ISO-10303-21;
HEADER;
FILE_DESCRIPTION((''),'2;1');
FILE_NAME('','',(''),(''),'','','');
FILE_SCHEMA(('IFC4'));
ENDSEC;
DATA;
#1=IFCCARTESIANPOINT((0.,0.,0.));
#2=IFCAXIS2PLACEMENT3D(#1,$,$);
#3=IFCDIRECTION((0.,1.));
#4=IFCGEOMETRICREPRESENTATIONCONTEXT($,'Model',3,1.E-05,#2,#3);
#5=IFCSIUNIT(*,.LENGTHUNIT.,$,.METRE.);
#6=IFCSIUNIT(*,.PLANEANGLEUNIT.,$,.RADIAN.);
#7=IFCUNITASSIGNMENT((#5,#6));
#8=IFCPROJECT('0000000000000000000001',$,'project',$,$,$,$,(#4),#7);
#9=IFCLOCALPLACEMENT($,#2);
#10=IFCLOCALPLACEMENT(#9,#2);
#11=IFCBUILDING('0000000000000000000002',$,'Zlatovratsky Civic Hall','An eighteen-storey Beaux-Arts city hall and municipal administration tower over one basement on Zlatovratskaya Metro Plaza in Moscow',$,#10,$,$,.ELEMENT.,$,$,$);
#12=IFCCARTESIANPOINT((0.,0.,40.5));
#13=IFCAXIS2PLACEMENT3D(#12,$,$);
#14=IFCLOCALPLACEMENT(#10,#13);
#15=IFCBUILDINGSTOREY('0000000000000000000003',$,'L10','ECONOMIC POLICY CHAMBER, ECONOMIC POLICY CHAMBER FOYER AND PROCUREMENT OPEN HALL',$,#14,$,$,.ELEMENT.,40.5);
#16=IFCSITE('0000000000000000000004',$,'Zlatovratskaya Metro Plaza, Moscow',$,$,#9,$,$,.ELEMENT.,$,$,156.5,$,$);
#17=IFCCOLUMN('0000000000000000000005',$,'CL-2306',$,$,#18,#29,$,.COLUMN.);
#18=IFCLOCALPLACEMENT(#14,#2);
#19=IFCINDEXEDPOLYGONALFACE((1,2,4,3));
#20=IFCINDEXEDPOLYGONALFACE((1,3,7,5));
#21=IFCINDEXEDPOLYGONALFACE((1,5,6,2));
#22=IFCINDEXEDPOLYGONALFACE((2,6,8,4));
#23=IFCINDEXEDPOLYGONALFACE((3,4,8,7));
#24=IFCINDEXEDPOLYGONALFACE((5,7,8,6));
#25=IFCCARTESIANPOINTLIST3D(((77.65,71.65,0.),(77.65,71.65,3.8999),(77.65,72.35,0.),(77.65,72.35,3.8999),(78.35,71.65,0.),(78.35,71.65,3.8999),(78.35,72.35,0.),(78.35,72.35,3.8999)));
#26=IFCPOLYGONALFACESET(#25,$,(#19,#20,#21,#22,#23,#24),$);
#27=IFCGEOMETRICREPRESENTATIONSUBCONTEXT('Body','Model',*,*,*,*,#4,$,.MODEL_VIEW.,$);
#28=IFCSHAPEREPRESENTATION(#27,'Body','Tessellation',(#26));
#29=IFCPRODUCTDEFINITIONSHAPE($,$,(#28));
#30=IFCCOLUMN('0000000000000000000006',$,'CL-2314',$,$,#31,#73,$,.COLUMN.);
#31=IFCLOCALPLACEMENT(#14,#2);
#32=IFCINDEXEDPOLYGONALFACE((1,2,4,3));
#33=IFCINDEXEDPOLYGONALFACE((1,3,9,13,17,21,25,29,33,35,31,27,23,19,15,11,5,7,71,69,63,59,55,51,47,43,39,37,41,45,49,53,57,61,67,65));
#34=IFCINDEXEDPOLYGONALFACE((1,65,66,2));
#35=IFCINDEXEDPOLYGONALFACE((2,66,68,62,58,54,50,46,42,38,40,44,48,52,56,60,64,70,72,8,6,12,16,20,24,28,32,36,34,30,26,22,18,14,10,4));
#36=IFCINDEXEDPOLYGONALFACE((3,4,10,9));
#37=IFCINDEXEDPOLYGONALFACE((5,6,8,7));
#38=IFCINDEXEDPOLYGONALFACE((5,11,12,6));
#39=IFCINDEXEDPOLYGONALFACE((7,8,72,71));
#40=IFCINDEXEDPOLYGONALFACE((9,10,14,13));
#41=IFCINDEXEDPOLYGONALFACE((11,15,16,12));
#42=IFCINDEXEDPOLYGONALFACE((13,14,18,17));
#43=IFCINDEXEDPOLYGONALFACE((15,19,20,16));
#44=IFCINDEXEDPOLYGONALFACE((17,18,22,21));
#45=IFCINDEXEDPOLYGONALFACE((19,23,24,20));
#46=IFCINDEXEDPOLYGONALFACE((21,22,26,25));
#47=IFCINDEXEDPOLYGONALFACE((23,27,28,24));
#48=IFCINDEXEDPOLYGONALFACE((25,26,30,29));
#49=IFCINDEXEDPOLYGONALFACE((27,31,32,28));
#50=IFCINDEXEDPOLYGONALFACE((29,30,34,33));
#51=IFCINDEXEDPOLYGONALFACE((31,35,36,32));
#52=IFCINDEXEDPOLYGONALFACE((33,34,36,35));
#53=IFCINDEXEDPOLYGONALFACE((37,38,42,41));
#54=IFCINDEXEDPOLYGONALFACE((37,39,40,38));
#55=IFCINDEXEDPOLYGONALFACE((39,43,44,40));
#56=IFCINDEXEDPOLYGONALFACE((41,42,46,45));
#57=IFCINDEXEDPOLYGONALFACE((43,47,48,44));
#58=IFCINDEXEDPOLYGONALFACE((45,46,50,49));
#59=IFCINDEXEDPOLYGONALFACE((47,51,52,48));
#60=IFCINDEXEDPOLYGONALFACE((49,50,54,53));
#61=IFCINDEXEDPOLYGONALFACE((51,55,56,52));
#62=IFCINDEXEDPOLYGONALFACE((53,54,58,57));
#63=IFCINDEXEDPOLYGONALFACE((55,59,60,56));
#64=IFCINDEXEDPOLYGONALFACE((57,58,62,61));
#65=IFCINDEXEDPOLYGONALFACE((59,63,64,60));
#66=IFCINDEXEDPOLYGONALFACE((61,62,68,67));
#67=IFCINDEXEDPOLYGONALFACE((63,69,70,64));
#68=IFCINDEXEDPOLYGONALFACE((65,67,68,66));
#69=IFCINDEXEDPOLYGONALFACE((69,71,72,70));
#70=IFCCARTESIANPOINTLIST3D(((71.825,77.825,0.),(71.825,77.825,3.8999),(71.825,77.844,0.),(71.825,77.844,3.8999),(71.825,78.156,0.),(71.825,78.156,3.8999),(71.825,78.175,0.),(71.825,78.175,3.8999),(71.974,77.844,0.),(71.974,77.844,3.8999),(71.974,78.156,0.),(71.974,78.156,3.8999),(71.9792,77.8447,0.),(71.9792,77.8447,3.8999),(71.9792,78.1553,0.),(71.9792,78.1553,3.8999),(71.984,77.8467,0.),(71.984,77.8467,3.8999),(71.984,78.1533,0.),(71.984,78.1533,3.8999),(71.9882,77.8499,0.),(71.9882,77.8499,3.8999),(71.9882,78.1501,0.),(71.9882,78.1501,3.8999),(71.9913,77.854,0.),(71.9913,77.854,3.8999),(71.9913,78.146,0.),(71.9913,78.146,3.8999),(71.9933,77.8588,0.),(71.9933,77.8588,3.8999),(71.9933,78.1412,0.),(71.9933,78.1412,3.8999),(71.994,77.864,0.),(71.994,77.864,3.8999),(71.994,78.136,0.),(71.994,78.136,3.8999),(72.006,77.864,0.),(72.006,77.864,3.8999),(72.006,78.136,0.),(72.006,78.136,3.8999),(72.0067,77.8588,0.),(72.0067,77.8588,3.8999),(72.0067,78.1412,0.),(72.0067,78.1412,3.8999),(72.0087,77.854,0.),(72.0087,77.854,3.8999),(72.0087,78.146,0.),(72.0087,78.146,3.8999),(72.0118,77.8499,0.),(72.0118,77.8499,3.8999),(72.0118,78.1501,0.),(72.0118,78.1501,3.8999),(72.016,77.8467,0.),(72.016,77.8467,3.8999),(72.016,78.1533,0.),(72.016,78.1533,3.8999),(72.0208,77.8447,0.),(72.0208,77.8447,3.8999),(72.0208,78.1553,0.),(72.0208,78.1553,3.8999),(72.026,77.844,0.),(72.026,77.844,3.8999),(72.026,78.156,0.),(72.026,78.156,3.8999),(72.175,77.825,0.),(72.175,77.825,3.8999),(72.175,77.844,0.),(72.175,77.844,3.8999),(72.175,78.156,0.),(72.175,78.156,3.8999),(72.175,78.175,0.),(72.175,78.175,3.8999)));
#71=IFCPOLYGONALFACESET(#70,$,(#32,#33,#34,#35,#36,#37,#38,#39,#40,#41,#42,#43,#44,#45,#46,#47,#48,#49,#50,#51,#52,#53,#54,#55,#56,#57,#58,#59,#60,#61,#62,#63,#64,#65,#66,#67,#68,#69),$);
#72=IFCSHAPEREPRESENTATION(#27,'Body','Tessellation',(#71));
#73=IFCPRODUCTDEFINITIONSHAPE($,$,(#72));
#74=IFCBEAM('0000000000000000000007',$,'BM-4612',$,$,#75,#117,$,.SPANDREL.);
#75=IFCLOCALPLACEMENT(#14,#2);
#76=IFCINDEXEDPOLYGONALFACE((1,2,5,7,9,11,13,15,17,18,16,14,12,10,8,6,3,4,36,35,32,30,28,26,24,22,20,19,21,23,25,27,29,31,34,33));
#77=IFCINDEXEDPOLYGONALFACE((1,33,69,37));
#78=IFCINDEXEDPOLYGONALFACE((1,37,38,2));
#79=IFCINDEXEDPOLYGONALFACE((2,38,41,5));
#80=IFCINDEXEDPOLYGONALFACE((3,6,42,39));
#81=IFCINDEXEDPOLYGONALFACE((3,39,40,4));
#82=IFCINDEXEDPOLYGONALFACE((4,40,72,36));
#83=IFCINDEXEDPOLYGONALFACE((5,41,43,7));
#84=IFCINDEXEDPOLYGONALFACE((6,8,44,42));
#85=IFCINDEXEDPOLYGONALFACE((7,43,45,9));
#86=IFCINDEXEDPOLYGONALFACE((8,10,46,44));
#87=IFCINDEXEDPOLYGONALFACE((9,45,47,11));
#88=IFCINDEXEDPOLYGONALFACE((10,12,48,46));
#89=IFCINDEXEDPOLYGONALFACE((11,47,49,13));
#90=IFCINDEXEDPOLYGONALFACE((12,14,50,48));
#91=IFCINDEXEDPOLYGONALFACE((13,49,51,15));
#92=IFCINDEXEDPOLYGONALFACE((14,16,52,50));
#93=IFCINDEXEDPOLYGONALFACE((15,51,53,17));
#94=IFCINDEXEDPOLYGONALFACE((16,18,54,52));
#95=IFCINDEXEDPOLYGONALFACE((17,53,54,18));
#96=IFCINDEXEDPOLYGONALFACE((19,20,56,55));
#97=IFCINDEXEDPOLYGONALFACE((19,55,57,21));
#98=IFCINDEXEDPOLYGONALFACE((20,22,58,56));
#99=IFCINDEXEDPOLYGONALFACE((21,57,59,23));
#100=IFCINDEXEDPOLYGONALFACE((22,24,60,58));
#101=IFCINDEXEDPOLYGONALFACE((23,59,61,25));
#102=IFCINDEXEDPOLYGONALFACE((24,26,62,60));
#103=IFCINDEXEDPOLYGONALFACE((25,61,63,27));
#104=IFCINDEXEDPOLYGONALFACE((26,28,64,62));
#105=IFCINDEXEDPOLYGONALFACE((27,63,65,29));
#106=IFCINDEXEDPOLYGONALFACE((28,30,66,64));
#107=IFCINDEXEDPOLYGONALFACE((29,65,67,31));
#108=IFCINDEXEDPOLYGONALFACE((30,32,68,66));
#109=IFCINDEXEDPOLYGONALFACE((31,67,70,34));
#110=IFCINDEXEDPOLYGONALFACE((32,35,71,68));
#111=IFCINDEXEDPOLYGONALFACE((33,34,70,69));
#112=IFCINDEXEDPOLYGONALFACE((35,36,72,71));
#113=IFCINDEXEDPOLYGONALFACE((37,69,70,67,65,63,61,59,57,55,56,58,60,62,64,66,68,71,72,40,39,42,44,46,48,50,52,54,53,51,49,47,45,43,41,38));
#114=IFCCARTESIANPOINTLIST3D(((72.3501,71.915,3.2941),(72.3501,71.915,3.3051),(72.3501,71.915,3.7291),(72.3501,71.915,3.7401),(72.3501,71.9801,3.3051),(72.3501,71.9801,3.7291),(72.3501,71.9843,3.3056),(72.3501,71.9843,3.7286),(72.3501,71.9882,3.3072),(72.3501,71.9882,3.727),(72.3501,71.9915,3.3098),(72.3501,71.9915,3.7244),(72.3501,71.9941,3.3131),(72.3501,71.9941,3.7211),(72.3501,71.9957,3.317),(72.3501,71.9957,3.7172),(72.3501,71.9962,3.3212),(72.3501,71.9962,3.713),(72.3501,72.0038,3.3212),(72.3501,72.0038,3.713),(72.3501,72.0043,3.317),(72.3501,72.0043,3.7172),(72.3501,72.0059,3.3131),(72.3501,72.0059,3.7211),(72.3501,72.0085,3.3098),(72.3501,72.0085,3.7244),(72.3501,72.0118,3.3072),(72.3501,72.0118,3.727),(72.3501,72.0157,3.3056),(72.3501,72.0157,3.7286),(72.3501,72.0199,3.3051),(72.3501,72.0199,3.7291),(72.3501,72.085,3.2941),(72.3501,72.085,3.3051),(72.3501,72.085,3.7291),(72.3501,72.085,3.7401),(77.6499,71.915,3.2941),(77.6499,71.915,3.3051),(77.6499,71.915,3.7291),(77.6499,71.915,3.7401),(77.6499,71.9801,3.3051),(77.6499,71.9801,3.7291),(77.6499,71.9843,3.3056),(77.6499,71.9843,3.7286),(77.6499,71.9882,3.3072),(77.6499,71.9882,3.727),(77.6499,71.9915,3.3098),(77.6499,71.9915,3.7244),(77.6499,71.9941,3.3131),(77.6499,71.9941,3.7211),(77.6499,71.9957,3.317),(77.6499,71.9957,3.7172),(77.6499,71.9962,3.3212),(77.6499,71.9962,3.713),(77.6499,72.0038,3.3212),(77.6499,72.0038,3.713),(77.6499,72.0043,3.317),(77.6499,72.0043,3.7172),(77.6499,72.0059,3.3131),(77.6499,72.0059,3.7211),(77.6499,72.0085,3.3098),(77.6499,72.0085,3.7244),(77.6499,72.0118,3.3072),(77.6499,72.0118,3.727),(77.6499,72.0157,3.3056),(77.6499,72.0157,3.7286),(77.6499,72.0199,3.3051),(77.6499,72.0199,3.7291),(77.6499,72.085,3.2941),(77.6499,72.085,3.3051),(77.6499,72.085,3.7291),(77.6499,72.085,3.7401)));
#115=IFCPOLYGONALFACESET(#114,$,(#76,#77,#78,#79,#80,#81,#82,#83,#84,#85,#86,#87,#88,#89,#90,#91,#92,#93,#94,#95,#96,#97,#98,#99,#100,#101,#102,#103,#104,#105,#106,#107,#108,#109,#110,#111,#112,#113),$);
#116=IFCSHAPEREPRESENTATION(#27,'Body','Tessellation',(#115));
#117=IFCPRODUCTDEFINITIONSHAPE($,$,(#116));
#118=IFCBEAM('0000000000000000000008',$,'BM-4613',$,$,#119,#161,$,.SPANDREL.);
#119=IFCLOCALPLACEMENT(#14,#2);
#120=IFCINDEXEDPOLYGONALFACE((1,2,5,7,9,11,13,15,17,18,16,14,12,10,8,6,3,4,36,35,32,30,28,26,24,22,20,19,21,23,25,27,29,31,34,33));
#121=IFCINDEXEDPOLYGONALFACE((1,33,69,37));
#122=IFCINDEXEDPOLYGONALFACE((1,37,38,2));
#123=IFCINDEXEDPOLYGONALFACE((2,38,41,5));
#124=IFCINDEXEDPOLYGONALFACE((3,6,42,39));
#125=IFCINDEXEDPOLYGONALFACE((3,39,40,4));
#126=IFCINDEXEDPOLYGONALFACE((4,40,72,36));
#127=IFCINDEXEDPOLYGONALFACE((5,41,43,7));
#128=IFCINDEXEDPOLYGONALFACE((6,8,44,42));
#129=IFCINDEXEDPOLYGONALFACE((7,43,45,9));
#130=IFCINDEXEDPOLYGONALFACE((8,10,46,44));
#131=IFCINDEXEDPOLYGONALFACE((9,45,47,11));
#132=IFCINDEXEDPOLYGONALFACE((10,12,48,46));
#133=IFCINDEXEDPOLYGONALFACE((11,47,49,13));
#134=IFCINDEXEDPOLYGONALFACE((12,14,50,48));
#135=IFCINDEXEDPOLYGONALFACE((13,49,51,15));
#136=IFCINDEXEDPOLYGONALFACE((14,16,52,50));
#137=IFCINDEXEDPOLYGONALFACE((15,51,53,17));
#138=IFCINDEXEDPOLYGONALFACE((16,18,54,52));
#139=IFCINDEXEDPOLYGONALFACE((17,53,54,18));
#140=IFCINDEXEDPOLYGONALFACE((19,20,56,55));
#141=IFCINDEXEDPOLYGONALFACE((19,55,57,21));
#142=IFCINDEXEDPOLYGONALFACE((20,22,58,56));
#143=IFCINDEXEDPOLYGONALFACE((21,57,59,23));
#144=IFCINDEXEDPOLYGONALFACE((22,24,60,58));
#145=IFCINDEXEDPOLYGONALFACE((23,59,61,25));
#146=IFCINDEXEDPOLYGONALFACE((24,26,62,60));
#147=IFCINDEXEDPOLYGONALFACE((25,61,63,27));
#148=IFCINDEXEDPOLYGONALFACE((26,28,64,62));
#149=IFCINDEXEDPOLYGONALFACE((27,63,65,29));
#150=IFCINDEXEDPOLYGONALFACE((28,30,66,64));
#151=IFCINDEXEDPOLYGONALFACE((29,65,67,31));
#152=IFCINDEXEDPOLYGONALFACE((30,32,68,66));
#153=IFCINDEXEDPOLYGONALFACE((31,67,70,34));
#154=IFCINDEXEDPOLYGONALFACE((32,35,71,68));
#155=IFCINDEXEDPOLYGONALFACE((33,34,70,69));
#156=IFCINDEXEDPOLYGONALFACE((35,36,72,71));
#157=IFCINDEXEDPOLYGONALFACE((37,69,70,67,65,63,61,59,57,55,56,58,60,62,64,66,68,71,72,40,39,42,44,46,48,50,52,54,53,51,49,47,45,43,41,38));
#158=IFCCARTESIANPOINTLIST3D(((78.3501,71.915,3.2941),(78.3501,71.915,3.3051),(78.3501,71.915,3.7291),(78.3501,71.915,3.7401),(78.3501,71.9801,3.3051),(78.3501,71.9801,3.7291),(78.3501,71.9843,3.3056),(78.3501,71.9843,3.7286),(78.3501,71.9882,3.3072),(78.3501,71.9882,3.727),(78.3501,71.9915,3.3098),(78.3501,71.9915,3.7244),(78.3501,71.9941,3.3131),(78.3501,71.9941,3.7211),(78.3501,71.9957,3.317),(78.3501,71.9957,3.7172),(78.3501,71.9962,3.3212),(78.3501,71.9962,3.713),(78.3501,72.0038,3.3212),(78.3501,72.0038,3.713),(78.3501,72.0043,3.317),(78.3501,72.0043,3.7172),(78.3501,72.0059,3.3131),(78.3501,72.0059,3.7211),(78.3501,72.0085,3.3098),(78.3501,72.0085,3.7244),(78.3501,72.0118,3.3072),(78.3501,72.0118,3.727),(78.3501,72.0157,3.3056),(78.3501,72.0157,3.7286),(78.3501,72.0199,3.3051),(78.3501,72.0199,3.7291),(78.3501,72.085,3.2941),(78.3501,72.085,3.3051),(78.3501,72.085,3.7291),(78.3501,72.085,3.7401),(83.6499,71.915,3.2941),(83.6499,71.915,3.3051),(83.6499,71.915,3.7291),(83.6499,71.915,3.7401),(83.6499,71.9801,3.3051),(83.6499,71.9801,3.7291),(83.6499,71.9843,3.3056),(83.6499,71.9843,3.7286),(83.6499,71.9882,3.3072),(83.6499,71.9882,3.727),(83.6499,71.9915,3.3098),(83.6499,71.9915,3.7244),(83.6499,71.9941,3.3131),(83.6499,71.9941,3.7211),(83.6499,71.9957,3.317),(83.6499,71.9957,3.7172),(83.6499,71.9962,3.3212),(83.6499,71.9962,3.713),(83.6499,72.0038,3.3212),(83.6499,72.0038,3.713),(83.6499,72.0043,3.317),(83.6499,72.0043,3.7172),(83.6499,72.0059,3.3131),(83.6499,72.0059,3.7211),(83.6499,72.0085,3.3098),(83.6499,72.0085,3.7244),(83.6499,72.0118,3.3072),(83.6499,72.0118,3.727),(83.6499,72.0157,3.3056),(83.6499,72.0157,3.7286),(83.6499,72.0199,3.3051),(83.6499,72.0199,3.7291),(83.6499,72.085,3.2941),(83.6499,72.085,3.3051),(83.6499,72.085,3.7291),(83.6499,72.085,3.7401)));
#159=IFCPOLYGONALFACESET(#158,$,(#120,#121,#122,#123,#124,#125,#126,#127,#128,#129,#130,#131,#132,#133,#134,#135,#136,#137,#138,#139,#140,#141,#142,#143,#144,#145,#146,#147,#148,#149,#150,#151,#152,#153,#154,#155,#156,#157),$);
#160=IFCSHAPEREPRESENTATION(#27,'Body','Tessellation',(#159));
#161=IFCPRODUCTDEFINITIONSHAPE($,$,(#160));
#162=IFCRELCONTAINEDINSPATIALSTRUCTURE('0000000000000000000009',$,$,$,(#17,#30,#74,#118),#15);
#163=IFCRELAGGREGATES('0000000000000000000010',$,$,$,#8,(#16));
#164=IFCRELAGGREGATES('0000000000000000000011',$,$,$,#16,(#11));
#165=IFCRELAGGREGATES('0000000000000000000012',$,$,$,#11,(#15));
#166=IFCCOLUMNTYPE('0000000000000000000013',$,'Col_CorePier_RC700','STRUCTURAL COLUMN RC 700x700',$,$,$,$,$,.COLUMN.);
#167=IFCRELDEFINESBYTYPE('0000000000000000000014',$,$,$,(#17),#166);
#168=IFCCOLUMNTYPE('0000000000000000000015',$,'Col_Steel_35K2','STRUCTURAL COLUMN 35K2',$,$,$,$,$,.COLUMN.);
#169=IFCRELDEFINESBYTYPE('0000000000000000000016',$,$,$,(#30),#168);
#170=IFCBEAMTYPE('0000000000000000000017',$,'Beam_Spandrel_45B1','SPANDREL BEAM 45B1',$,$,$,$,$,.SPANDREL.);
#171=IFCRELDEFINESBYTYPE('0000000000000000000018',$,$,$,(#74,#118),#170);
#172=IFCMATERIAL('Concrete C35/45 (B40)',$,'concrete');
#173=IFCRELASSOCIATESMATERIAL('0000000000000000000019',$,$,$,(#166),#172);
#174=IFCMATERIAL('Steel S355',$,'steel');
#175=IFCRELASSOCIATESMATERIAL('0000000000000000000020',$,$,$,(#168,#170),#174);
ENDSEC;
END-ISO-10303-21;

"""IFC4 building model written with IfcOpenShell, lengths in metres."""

from ifc_helpers import new_model, si_unit, direction, frame, origin, origin_2d, place, context, subcontext, project, spatial, rectangle, i_section, extrude, material, material_profile, profile_set, type_object, element, save


model = new_model("IFC4")

# Units and contexts
model_context = context("Model", 3, precision=1e-05, world=origin(), true_north=direction((0.0, 1.0)))
body_context = subcontext(model_context, "Body", "Model", "MODEL_VIEW")
ifc_project = project(units=[si_unit("LENGTHUNIT", "METRE"), si_unit("PLANEANGLEUNIT", "RADIAN")], contexts=[model_context])

# Site, building, storey
site_placement = place(None, origin())
site = spatial("IfcSite", under=ifc_project, at=site_placement, Name="Zlatovratskaya Metro Plaza, Moscow", CompositionType="ELEMENT", RefElevation=156.5)
building_placement = place(site_placement, origin())
building = spatial("IfcBuilding", under=site, at=building_placement, Name="Zlatovratsky Civic Hall", Description="An eighteen-storey Beaux-Arts city hall and municipal administration tower over one basement on Zlatovratskaya Metro Plaza in Moscow", CompositionType="ELEMENT")
storey_placement = place(building_placement, frame((0.0, 0.0, 40.5)))
storey = spatial("IfcBuildingStorey", under=building, at=storey_placement, Name="L10", Description="ECONOMIC POLICY CHAMBER, ECONOMIC POLICY CHAMBER FOYER AND PROCUREMENT OPEN HALL", CompositionType="ELEMENT", Elevation=40.5)

# Columns
ifc_material_1 = material(Name="Concrete C35/45 (B40)", Category="concrete")
ifc_material_profile_1 = material_profile(ifc_material_1, rectangle(XDim=0.7, YDim=0.7, at=origin_2d()), Name="RC 700x700")
ifc_profile_set_1 = profile_set([ifc_material_profile_1], Name="Concrete C35/45 (B40)")
column_type_1 = type_object("IfcColumnType", Name="Col_CorePier_RC700", Description="STRUCTURAL COLUMN RC 700x700", PredefinedType="COLUMN", material=ifc_profile_set_1)
column_1_placement = place(storey_placement, frame((78.0, 72.0, 0.0), z_axis=(0.0, 0.0, 1.0), x_axis=(1.0, 0.0, 0.0)))
element("IfcColumn", 1, at=column_1_placement, inside=storey, type_object=column_type_1, Name="CL-2306", PredefinedType="COLUMN", context=body_context, shape_type="SweptSolid", body=[
    extrude(rectangle(XDim=0.7, YDim=0.7, at=origin_2d()), origin(), (0.0, 0.0, 1.0), 3.8999),
])
ifc_material_2 = material(Name="Steel S355", Category="steel")
ifc_material_profile_2 = material_profile(ifc_material_2, i_section(OverallWidth=0.3501, OverallDepth=0.3501, WebThickness=0.012, FlangeThickness=0.019, FilletRadius=0.02, at=origin_2d()), Name="35K2")
ifc_profile_set_2 = profile_set([ifc_material_profile_2], Name="Steel S355")
column_type_2 = type_object("IfcColumnType", Name="Col_Steel_35K2", Description="STRUCTURAL COLUMN 35K2", PredefinedType="COLUMN", material=ifc_profile_set_2)
column_2_placement = place(storey_placement, frame((72.0, 78.0, 0.0), z_axis=(0.0, 0.0, 1.0), x_axis=(1.0, 0.0, 0.0)))
element("IfcColumn", 2, at=column_2_placement, inside=storey, type_object=column_type_2, Name="CL-2314", PredefinedType="COLUMN", context=body_context, shape_type="SweptSolid", body=[
    extrude(i_section(OverallWidth=0.3501, OverallDepth=0.3501, WebThickness=0.012, FlangeThickness=0.019, FilletRadius=0.02, at=origin_2d()), origin(), (0.0, 0.0, 1.0), 3.8999),
])

# Beams
ifc_material_profile_3 = material_profile(ifc_material_2, i_section(OverallWidth=0.1699, OverallDepth=0.446, WebThickness=0.0076, FlangeThickness=0.011, FilletRadius=0.0161, at=origin_2d()), Name="45B1")
ifc_profile_set_3 = profile_set([ifc_material_profile_3], Name="Steel S355")
beam_type_1 = type_object("IfcBeamType", Name="Beam_Spandrel_45B1", Description="SPANDREL BEAM 45B1", PredefinedType="SPANDREL", material=ifc_profile_set_3)
for number, where, z_axis, x_axis, name in (
    (3, (72.3501, 72.0, 3.5171), (1.0, 0.0, 0.0), (0.0, 1.0, 0.0), "BM-4612"),
    (4, (78.3501, 72.0, 3.5171), (1.0, 0.0, 0.0), (0.0, 1.0, 0.0), "BM-4613"),
):
    element("IfcBeam", number, at=place(storey_placement, frame(where, z_axis=z_axis, x_axis=x_axis)), inside=storey, type_object=beam_type_1, Name=name, PredefinedType="SPANDREL", context=body_context, shape_type="SweptSolid", body=[
        extrude(i_section(OverallWidth=0.1699, OverallDepth=0.446, WebThickness=0.0076, FlangeThickness=0.011, FilletRadius=0.0161, at=origin_2d()), origin(), (0.0, 0.0, 1.0), 5.2998),
    ])

save(model, "model.ifc")
